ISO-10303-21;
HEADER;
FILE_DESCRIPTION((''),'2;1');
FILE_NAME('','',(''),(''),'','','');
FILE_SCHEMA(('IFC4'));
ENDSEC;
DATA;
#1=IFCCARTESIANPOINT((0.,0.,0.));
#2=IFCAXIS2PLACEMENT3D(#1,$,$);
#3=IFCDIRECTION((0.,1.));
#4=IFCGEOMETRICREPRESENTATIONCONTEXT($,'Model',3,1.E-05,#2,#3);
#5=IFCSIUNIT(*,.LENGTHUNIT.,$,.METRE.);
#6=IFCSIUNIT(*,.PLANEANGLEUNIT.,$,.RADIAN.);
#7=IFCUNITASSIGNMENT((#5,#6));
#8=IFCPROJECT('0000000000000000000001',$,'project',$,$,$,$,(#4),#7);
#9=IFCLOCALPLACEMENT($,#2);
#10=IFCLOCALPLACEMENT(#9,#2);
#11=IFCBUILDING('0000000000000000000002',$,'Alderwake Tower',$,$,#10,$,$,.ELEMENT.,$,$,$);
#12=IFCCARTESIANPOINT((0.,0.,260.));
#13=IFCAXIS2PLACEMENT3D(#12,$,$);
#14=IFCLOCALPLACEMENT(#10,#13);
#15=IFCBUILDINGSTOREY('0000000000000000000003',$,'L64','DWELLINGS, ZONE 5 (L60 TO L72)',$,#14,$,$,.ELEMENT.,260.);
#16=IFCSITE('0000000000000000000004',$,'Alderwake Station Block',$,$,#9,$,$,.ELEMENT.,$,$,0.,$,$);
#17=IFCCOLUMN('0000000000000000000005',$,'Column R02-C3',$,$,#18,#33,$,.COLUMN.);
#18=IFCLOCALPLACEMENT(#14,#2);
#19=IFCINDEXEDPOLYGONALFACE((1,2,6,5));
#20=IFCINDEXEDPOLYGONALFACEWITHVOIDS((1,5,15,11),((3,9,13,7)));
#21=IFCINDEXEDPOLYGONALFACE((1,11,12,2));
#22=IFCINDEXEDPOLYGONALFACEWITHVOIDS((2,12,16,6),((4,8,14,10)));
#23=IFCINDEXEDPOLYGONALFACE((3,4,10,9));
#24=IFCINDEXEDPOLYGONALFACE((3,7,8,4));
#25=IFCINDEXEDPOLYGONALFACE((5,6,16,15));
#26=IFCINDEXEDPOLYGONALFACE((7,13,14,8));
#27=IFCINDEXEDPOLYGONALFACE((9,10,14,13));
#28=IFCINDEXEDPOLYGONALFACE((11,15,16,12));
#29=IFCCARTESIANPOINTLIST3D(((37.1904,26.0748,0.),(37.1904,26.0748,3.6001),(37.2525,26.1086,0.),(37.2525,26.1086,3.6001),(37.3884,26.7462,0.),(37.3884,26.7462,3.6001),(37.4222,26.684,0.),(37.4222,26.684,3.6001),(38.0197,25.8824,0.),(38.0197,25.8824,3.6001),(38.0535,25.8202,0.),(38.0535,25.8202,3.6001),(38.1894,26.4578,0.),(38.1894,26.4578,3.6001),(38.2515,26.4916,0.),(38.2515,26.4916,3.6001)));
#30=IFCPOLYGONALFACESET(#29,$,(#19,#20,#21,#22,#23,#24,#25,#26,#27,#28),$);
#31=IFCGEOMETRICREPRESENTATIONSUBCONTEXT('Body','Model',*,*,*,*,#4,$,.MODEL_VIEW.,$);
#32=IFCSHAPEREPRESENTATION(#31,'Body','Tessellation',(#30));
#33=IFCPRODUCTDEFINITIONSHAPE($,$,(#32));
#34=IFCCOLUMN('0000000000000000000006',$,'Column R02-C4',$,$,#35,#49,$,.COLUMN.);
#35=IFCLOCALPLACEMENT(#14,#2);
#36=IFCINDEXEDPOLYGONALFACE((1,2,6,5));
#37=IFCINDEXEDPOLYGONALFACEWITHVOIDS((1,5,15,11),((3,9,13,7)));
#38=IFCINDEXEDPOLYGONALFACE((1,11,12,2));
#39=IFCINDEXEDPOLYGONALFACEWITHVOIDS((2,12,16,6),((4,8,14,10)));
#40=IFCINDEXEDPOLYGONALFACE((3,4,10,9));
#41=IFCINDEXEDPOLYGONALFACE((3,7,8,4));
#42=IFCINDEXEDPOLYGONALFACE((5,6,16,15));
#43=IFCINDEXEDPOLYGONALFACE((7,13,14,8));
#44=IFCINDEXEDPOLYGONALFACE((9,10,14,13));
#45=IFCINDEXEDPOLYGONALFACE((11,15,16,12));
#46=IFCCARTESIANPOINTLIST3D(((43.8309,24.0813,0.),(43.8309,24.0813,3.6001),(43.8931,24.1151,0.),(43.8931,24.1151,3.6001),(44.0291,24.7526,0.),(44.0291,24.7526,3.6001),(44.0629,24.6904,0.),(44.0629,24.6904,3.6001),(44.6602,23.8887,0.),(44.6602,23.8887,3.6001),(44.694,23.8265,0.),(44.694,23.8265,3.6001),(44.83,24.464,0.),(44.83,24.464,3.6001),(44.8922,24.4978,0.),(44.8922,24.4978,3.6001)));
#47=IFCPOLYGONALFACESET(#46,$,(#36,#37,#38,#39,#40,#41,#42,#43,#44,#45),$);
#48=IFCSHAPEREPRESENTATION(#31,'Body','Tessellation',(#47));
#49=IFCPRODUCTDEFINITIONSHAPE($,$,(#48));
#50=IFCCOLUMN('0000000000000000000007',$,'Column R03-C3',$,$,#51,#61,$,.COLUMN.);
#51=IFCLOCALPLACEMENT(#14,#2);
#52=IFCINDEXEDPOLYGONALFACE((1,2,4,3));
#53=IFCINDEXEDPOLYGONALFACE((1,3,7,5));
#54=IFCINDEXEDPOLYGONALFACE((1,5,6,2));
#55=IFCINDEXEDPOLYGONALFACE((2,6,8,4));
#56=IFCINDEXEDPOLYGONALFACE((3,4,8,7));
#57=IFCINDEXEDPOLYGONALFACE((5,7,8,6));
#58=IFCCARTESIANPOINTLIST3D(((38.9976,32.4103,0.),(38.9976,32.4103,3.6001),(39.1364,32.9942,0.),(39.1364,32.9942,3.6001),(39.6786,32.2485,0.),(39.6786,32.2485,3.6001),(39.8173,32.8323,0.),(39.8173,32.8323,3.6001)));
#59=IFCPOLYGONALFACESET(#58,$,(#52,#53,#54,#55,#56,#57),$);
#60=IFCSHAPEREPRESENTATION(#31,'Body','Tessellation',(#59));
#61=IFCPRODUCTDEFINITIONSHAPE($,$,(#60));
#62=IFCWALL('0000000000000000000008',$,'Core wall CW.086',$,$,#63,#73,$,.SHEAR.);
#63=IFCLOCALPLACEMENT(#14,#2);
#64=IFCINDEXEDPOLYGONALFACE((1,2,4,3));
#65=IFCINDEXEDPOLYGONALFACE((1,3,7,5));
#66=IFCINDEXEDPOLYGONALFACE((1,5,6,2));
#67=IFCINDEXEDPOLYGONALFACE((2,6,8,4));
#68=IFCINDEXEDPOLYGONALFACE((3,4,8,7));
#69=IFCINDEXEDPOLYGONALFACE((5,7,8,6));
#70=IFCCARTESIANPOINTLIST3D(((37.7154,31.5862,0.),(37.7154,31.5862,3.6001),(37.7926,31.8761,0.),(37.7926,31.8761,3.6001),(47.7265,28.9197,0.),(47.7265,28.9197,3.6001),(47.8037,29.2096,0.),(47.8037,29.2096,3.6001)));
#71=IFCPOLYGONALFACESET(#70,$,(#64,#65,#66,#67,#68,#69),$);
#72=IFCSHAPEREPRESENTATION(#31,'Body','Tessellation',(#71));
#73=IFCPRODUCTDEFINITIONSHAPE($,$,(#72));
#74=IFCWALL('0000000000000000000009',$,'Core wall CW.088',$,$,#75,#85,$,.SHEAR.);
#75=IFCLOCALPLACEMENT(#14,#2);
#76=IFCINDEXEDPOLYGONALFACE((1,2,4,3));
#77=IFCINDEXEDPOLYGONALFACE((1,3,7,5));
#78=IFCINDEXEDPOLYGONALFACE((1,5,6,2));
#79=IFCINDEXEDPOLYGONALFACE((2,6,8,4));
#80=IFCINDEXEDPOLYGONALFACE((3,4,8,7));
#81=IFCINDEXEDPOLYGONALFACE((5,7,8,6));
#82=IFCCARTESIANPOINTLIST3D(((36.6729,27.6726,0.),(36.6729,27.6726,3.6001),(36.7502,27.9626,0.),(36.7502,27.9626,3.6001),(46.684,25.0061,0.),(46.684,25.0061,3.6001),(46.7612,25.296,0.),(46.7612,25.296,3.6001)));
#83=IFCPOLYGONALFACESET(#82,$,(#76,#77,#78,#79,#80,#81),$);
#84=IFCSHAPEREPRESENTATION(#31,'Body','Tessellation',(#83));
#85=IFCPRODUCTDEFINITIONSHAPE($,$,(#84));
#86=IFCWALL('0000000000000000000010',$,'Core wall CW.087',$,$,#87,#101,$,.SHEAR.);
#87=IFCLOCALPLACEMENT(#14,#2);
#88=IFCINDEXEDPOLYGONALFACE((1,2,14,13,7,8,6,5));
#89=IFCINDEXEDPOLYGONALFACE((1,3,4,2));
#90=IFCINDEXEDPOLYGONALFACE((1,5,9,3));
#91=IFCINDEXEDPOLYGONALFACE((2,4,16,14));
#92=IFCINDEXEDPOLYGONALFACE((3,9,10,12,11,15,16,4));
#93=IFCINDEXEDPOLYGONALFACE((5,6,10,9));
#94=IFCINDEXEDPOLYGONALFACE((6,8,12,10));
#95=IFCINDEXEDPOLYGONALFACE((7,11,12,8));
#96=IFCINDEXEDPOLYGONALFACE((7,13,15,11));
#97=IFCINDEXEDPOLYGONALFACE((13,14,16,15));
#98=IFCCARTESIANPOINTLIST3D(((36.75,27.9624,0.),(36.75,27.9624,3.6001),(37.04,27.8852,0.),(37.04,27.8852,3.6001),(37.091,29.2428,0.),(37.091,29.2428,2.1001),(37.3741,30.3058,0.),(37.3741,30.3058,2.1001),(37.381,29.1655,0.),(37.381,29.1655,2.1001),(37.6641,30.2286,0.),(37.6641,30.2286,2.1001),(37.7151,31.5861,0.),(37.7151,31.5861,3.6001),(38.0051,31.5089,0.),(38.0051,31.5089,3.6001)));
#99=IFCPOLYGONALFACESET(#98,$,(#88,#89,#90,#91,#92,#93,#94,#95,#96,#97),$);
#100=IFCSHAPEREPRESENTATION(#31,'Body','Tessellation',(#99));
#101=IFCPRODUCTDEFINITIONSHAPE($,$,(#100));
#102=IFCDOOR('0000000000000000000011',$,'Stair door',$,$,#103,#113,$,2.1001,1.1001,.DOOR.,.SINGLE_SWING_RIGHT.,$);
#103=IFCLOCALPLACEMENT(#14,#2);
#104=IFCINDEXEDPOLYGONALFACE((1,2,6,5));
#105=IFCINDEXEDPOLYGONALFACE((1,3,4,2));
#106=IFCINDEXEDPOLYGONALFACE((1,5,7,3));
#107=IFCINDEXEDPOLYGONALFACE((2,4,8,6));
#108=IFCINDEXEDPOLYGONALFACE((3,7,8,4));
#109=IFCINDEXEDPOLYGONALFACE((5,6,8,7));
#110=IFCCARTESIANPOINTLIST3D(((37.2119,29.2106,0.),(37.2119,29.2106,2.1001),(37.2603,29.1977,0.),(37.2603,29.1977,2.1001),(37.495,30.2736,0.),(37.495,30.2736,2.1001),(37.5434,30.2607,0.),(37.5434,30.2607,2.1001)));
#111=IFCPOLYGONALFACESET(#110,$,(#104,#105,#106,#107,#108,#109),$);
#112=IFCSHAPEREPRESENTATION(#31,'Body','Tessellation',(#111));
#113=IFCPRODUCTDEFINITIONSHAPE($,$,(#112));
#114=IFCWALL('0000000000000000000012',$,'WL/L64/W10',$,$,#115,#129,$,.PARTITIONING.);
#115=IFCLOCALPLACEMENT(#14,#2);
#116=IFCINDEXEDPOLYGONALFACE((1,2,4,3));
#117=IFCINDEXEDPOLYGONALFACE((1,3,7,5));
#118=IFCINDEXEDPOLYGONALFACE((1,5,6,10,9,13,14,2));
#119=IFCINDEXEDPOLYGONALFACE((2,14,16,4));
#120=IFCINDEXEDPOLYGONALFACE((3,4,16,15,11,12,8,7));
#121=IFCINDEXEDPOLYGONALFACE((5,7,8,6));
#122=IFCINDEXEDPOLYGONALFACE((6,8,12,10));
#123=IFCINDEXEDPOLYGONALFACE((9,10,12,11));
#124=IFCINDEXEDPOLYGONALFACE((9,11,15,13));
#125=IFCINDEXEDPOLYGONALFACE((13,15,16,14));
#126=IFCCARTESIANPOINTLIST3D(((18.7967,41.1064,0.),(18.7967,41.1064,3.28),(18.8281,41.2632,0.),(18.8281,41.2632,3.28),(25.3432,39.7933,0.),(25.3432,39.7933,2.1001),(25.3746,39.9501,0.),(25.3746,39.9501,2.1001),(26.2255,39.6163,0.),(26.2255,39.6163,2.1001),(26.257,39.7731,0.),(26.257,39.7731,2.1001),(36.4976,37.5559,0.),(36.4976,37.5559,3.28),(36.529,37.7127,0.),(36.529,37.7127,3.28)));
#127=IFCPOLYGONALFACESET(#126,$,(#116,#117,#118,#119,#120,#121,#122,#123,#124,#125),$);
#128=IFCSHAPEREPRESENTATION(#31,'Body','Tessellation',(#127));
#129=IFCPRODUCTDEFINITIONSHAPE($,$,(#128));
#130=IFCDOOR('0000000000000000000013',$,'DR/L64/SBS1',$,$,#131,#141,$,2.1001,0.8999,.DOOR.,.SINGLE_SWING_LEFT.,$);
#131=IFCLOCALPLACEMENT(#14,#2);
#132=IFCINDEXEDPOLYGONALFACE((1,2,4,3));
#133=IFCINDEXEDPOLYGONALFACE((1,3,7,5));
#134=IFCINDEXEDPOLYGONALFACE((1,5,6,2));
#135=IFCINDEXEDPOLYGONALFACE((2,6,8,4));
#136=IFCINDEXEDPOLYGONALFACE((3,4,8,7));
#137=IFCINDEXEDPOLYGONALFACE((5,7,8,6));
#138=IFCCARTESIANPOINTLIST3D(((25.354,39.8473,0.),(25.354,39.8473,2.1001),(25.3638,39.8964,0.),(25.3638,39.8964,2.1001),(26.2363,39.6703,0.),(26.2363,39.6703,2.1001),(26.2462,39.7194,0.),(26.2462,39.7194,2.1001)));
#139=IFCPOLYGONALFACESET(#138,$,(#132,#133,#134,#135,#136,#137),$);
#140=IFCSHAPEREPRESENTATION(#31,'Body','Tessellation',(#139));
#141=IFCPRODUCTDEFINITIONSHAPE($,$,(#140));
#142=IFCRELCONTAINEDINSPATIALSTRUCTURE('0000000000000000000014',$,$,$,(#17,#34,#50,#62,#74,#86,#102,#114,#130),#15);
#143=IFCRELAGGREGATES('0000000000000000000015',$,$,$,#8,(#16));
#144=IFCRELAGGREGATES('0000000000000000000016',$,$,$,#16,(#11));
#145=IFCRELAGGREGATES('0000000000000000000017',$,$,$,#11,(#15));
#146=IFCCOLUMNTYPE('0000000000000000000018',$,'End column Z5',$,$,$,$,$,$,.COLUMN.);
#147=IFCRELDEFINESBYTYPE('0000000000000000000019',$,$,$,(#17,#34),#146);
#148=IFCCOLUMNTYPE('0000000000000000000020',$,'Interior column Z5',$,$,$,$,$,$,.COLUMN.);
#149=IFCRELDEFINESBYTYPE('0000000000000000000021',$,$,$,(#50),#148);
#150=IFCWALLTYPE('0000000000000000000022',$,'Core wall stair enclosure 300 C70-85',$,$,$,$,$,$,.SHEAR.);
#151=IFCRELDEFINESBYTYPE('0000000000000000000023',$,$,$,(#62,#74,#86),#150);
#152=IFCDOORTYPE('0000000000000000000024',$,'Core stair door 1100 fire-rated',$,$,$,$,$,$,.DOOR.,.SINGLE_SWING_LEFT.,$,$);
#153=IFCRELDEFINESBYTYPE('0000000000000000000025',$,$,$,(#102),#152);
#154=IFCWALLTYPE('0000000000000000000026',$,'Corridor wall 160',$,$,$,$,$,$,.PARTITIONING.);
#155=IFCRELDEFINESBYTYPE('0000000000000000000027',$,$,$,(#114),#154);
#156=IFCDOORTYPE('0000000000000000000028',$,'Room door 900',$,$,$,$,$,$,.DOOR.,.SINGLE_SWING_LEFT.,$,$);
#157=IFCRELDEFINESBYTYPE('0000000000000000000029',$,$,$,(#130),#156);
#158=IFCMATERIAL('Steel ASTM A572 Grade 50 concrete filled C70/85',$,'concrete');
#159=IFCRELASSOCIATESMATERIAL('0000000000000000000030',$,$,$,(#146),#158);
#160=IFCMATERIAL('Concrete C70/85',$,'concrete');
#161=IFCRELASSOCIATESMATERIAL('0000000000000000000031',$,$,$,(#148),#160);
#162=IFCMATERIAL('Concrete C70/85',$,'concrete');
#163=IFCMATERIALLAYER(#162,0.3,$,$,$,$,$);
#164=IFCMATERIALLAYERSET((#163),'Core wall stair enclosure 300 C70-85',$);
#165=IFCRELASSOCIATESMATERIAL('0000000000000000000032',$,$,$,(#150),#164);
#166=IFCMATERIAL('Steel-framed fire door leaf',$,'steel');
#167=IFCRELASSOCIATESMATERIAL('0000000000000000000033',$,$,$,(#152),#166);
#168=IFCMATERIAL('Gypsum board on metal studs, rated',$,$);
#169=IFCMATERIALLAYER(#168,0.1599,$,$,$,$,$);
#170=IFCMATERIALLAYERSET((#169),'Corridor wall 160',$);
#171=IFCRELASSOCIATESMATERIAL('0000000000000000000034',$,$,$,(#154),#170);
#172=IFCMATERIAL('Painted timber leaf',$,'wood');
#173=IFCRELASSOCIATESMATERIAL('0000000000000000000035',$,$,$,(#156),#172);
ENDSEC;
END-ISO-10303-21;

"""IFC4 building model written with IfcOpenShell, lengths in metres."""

from ifc_helpers import new_model, si_unit, direction, frame, frame_2d, origin, origin_2d, place, context, subcontext, project, spatial, rectangle, hollow_rectangle, extrude, material, layer, layer_set, material_profile, profile_set, type_object, element, fill, save


model = new_model("IFC4")

# Units and contexts
model_context = context("Model", 3, precision=1e-05, world=origin(), true_north=direction((0.0, 1.0)))
body_context = subcontext(model_context, "Body", "Model", "MODEL_VIEW")
ifc_project = project(units=[si_unit("LENGTHUNIT", "METRE"), si_unit("PLANEANGLEUNIT", "RADIAN")], contexts=[model_context])

# Site, building, storey
site_placement = place(None, origin())
site = spatial("IfcSite", under=ifc_project, at=site_placement, Name="Alderwake Station Block", CompositionType="ELEMENT", RefElevation=0.0)
building_placement = place(site_placement, origin())
building = spatial("IfcBuilding", under=site, at=building_placement, Name="Alderwake Tower", CompositionType="ELEMENT")
storey_placement = place(building_placement, frame((0.0, 0.0, 260.0)))
storey = spatial("IfcBuildingStorey", under=building, at=storey_placement, Name="L64", Description="DWELLINGS, ZONE 5 (L60 TO L72)", CompositionType="ELEMENT", Elevation=260.0)

# Columns
ifc_material_1 = material(Name="Steel ASTM A572 Grade 50 concrete filled C70/85", Category="concrete")
ifc_material_profile_1 = material_profile(ifc_material_1, hollow_rectangle(XDim=0.7, YDim=0.8999, WallThickness=0.05, at=origin_2d()), Name="BOX 900X700X50")
ifc_profile_set_1 = profile_set([ifc_material_profile_1], Name="Steel ASTM A572 Grade 50 concrete filled C70/85")
column_type_1 = type_object("IfcColumnType", Name="End column Z5", PredefinedType="COLUMN", material=ifc_profile_set_1)
for number, where, z_axis, x_axis, name in (
    (1, (37.7209, 26.2832, 0.0), (0.0, 0.0, 1.0), (0.282862, 0.959161, 0.0), "Column R02-C3"),
    (2, (44.3616, 24.2896, 0.0), (0.0, 0.0, 1.0), (0.283115, 0.959086, 0.0), "Column R02-C4"),
):
    element("IfcColumn", number, at=place(storey_placement, frame(where, z_axis=z_axis, x_axis=x_axis)), inside=storey, type_object=column_type_1, Name=name, PredefinedType="COLUMN", context=body_context, shape_type="SweptSolid", body=[
        extrude(hollow_rectangle(XDim=0.7, YDim=0.8999, WallThickness=0.05, at=origin_2d()), origin(), (0.0, 0.0, 1.0), 3.6001),
    ])
ifc_material_2 = material(Name="Concrete C70/85", Category="concrete")
ifc_material_profile_2 = material_profile(ifc_material_2, rectangle(XDim=0.6001, YDim=0.7, at=origin_2d()), Name="RC 700X600")
ifc_profile_set_2 = profile_set([ifc_material_profile_2], Name="Concrete C70/85")
column_type_2 = type_object("IfcColumnType", Name="Interior column Z5", PredefinedType="COLUMN", material=ifc_profile_set_2)
column_placement = place(storey_placement, frame((39.4075, 32.6213, 0.0), z_axis=(0.0, 0.0, 1.0), x_axis=(0.231222, 0.972901, 0.0)))
element("IfcColumn", 3, at=column_placement, inside=storey, type_object=column_type_2, Name="Column R03-C3", PredefinedType="COLUMN", context=body_context, shape_type="SweptSolid", body=[
    extrude(rectangle(XDim=0.6001, YDim=0.7, at=origin_2d()), origin(), (0.0, 0.0, 1.0), 3.6001),
])

# Walls
ifc_material_3 = material(Name="Concrete C70/85", Category="concrete")
ifc_layer_1 = layer(ifc_material_3, 0.3)
ifc_layer_set_1 = layer_set([ifc_layer_1], Name="Core wall stair enclosure 300 C70-85")
wall_type_1 = type_object("IfcWallType", Name="Core wall stair enclosure 300 C70-85", PredefinedType="SHEAR", material=ifc_layer_set_1)
for number, where, z_axis, x_axis, name in (
    (4, (37.7539, 31.7312, 0.0), (0.0, 0.0, 1.0), (0.966309, -0.257384, 0.0), "Core wall CW.086"),
    (5, (36.7114, 27.8176, 0.0), (0.0, 0.0, 1.0), (0.966309, -0.257384, 0.0), "Core wall CW.088"),
):
    element("IfcWall", number, at=place(storey_placement, frame(where, z_axis=z_axis, x_axis=x_axis)), inside=storey, type_object=wall_type_1, Name=name, PredefinedType="SHEAR", context=body_context, shape_type="SweptSolid", body=[
        extrude(rectangle(XDim=10.3601, YDim=0.3, at=frame_2d((5.1802, 0.0))), origin(), (0.0, 0.0, 1.0), 3.6001),
    ])

# Walls, openings, doors
wall_1_placement = place(storey_placement, frame((36.895, 27.9238, 0.0), z_axis=(0.0, 0.0, 1.0), x_axis=(0.257351, 0.966318, 0.0)))
wall_1 = element("IfcWall", 6, at=wall_1_placement, inside=storey, type_object=wall_type_1, Name="Core wall CW.087", PredefinedType="SHEAR", context=body_context, shape_type="SweptSolid", body=[
    extrude(rectangle(XDim=3.75, YDim=0.3, at=frame_2d((1.875, 0.0))), origin(), (0.0, 0.0, 1.0), 3.6001),
])
opening_1_placement = place(wall_1_placement, frame((1.325, 0.0, 0.0)))
opening_1 = element("IfcOpeningElement", 7, at=opening_1_placement, cuts=wall_1, PredefinedType="OPENING", context=body_context, shape_type="SweptSolid", body=[
    extrude(rectangle(XDim=1.1001, YDim=2.1001, at=frame_2d((0.55, 1.05))), frame((0.0, 0.1599, 0.0), z_axis=(0.0, -1.0, 0.0), x_axis=(1.0, 0.0, 0.0)), (0.0, 0.0, 1.0), 0.3201),
])
ifc_material_4 = material(Name="Steel-framed fire door leaf", Category="steel")
door_type_1 = type_object("IfcDoorType", Name="Core stair door 1100 fire-rated", OperationType="SINGLE_SWING_LEFT", PredefinedType="DOOR", material=ifc_material_4)
door_1_placement = place(opening_1_placement, origin())
door_1 = element("IfcDoor", 8, at=door_1_placement, inside=storey, type_object=door_type_1, Name="Stair door", OperationType="SINGLE_SWING_RIGHT", OverallHeight=2.1001, OverallWidth=1.1001, PredefinedType="DOOR", context=body_context, shape_type="SweptSolid", body=[
    extrude(rectangle(XDim=1.1001, YDim=2.1001, at=frame_2d((0.55, 1.05))), frame((0.0, 0.0249, 0.0), z_axis=(0.0, -1.0, 0.0), x_axis=(1.0, 0.0, 0.0)), (0.0, 0.0, 1.0), 0.05),
])
fill(opening_1, door_1)
ifc_material_5 = material(Name="Gypsum board on metal studs, rated")
ifc_layer_2 = layer(ifc_material_5, 0.1599)
ifc_layer_set_2 = layer_set([ifc_layer_2], Name="Corridor wall 160")
wall_type_2 = type_object("IfcWallType", Name="Corridor wall 160", PredefinedType="PARTITIONING", material=ifc_layer_set_2)
wall_2_placement = place(storey_placement, frame((36.5134, 37.6343, 0.0), z_axis=(0.0, 0.0, 1.0), x_axis=(-0.98047, 0.196667, 0.0)))
wall_2 = element("IfcWall", 9, at=wall_2_placement, inside=storey, type_object=wall_type_2, Name="WL/L64/W10", PredefinedType="PARTITIONING", context=body_context, shape_type="SweptSolid", body=[
    extrude(rectangle(XDim=18.0535, YDim=0.1599, at=frame_2d((9.0269, 0.0))), origin(), (0.0, 0.0, 1.0), 3.28),
])
opening_2_placement = place(wall_2_placement, frame((10.4768, 0.0, 0.0)))
opening_2 = element("IfcOpeningElement", 10, at=opening_2_placement, cuts=wall_2, PredefinedType="OPENING", context=body_context, shape_type="SweptSolid", body=[
    extrude(rectangle(XDim=0.8999, YDim=2.1001, at=frame_2d((0.45, 1.05))), frame((0.0, 0.0898, 0.0), z_axis=(0.0, -1.0, 0.0), x_axis=(1.0, 0.0, 0.0)), (0.0, 0.0, 1.0), 0.1799),
])
ifc_material_6 = material(Name="Painted timber leaf", Category="wood")
door_type_2 = type_object("IfcDoorType", Name="Room door 900", OperationType="SINGLE_SWING_LEFT", PredefinedType="DOOR", material=ifc_material_6)
door_2_placement = place(opening_2_placement, origin())
door_2 = element("IfcDoor", 11, at=door_2_placement, inside=storey, type_object=door_type_2, Name="DR/L64/SBS1", OperationType="SINGLE_SWING_LEFT", OverallHeight=2.1001, OverallWidth=0.8999, PredefinedType="DOOR", context=body_context, shape_type="SweptSolid", body=[
    extrude(rectangle(XDim=0.8999, YDim=2.1001, at=frame_2d((0.45, 1.05))), frame((0.0, 0.0249, 0.0), z_axis=(0.0, -1.0, 0.0), x_axis=(1.0, 0.0, 0.0)), (0.0, 0.0, 1.0), 0.05),
])
fill(opening_2, door_2)

save(model, "model.ifc")
